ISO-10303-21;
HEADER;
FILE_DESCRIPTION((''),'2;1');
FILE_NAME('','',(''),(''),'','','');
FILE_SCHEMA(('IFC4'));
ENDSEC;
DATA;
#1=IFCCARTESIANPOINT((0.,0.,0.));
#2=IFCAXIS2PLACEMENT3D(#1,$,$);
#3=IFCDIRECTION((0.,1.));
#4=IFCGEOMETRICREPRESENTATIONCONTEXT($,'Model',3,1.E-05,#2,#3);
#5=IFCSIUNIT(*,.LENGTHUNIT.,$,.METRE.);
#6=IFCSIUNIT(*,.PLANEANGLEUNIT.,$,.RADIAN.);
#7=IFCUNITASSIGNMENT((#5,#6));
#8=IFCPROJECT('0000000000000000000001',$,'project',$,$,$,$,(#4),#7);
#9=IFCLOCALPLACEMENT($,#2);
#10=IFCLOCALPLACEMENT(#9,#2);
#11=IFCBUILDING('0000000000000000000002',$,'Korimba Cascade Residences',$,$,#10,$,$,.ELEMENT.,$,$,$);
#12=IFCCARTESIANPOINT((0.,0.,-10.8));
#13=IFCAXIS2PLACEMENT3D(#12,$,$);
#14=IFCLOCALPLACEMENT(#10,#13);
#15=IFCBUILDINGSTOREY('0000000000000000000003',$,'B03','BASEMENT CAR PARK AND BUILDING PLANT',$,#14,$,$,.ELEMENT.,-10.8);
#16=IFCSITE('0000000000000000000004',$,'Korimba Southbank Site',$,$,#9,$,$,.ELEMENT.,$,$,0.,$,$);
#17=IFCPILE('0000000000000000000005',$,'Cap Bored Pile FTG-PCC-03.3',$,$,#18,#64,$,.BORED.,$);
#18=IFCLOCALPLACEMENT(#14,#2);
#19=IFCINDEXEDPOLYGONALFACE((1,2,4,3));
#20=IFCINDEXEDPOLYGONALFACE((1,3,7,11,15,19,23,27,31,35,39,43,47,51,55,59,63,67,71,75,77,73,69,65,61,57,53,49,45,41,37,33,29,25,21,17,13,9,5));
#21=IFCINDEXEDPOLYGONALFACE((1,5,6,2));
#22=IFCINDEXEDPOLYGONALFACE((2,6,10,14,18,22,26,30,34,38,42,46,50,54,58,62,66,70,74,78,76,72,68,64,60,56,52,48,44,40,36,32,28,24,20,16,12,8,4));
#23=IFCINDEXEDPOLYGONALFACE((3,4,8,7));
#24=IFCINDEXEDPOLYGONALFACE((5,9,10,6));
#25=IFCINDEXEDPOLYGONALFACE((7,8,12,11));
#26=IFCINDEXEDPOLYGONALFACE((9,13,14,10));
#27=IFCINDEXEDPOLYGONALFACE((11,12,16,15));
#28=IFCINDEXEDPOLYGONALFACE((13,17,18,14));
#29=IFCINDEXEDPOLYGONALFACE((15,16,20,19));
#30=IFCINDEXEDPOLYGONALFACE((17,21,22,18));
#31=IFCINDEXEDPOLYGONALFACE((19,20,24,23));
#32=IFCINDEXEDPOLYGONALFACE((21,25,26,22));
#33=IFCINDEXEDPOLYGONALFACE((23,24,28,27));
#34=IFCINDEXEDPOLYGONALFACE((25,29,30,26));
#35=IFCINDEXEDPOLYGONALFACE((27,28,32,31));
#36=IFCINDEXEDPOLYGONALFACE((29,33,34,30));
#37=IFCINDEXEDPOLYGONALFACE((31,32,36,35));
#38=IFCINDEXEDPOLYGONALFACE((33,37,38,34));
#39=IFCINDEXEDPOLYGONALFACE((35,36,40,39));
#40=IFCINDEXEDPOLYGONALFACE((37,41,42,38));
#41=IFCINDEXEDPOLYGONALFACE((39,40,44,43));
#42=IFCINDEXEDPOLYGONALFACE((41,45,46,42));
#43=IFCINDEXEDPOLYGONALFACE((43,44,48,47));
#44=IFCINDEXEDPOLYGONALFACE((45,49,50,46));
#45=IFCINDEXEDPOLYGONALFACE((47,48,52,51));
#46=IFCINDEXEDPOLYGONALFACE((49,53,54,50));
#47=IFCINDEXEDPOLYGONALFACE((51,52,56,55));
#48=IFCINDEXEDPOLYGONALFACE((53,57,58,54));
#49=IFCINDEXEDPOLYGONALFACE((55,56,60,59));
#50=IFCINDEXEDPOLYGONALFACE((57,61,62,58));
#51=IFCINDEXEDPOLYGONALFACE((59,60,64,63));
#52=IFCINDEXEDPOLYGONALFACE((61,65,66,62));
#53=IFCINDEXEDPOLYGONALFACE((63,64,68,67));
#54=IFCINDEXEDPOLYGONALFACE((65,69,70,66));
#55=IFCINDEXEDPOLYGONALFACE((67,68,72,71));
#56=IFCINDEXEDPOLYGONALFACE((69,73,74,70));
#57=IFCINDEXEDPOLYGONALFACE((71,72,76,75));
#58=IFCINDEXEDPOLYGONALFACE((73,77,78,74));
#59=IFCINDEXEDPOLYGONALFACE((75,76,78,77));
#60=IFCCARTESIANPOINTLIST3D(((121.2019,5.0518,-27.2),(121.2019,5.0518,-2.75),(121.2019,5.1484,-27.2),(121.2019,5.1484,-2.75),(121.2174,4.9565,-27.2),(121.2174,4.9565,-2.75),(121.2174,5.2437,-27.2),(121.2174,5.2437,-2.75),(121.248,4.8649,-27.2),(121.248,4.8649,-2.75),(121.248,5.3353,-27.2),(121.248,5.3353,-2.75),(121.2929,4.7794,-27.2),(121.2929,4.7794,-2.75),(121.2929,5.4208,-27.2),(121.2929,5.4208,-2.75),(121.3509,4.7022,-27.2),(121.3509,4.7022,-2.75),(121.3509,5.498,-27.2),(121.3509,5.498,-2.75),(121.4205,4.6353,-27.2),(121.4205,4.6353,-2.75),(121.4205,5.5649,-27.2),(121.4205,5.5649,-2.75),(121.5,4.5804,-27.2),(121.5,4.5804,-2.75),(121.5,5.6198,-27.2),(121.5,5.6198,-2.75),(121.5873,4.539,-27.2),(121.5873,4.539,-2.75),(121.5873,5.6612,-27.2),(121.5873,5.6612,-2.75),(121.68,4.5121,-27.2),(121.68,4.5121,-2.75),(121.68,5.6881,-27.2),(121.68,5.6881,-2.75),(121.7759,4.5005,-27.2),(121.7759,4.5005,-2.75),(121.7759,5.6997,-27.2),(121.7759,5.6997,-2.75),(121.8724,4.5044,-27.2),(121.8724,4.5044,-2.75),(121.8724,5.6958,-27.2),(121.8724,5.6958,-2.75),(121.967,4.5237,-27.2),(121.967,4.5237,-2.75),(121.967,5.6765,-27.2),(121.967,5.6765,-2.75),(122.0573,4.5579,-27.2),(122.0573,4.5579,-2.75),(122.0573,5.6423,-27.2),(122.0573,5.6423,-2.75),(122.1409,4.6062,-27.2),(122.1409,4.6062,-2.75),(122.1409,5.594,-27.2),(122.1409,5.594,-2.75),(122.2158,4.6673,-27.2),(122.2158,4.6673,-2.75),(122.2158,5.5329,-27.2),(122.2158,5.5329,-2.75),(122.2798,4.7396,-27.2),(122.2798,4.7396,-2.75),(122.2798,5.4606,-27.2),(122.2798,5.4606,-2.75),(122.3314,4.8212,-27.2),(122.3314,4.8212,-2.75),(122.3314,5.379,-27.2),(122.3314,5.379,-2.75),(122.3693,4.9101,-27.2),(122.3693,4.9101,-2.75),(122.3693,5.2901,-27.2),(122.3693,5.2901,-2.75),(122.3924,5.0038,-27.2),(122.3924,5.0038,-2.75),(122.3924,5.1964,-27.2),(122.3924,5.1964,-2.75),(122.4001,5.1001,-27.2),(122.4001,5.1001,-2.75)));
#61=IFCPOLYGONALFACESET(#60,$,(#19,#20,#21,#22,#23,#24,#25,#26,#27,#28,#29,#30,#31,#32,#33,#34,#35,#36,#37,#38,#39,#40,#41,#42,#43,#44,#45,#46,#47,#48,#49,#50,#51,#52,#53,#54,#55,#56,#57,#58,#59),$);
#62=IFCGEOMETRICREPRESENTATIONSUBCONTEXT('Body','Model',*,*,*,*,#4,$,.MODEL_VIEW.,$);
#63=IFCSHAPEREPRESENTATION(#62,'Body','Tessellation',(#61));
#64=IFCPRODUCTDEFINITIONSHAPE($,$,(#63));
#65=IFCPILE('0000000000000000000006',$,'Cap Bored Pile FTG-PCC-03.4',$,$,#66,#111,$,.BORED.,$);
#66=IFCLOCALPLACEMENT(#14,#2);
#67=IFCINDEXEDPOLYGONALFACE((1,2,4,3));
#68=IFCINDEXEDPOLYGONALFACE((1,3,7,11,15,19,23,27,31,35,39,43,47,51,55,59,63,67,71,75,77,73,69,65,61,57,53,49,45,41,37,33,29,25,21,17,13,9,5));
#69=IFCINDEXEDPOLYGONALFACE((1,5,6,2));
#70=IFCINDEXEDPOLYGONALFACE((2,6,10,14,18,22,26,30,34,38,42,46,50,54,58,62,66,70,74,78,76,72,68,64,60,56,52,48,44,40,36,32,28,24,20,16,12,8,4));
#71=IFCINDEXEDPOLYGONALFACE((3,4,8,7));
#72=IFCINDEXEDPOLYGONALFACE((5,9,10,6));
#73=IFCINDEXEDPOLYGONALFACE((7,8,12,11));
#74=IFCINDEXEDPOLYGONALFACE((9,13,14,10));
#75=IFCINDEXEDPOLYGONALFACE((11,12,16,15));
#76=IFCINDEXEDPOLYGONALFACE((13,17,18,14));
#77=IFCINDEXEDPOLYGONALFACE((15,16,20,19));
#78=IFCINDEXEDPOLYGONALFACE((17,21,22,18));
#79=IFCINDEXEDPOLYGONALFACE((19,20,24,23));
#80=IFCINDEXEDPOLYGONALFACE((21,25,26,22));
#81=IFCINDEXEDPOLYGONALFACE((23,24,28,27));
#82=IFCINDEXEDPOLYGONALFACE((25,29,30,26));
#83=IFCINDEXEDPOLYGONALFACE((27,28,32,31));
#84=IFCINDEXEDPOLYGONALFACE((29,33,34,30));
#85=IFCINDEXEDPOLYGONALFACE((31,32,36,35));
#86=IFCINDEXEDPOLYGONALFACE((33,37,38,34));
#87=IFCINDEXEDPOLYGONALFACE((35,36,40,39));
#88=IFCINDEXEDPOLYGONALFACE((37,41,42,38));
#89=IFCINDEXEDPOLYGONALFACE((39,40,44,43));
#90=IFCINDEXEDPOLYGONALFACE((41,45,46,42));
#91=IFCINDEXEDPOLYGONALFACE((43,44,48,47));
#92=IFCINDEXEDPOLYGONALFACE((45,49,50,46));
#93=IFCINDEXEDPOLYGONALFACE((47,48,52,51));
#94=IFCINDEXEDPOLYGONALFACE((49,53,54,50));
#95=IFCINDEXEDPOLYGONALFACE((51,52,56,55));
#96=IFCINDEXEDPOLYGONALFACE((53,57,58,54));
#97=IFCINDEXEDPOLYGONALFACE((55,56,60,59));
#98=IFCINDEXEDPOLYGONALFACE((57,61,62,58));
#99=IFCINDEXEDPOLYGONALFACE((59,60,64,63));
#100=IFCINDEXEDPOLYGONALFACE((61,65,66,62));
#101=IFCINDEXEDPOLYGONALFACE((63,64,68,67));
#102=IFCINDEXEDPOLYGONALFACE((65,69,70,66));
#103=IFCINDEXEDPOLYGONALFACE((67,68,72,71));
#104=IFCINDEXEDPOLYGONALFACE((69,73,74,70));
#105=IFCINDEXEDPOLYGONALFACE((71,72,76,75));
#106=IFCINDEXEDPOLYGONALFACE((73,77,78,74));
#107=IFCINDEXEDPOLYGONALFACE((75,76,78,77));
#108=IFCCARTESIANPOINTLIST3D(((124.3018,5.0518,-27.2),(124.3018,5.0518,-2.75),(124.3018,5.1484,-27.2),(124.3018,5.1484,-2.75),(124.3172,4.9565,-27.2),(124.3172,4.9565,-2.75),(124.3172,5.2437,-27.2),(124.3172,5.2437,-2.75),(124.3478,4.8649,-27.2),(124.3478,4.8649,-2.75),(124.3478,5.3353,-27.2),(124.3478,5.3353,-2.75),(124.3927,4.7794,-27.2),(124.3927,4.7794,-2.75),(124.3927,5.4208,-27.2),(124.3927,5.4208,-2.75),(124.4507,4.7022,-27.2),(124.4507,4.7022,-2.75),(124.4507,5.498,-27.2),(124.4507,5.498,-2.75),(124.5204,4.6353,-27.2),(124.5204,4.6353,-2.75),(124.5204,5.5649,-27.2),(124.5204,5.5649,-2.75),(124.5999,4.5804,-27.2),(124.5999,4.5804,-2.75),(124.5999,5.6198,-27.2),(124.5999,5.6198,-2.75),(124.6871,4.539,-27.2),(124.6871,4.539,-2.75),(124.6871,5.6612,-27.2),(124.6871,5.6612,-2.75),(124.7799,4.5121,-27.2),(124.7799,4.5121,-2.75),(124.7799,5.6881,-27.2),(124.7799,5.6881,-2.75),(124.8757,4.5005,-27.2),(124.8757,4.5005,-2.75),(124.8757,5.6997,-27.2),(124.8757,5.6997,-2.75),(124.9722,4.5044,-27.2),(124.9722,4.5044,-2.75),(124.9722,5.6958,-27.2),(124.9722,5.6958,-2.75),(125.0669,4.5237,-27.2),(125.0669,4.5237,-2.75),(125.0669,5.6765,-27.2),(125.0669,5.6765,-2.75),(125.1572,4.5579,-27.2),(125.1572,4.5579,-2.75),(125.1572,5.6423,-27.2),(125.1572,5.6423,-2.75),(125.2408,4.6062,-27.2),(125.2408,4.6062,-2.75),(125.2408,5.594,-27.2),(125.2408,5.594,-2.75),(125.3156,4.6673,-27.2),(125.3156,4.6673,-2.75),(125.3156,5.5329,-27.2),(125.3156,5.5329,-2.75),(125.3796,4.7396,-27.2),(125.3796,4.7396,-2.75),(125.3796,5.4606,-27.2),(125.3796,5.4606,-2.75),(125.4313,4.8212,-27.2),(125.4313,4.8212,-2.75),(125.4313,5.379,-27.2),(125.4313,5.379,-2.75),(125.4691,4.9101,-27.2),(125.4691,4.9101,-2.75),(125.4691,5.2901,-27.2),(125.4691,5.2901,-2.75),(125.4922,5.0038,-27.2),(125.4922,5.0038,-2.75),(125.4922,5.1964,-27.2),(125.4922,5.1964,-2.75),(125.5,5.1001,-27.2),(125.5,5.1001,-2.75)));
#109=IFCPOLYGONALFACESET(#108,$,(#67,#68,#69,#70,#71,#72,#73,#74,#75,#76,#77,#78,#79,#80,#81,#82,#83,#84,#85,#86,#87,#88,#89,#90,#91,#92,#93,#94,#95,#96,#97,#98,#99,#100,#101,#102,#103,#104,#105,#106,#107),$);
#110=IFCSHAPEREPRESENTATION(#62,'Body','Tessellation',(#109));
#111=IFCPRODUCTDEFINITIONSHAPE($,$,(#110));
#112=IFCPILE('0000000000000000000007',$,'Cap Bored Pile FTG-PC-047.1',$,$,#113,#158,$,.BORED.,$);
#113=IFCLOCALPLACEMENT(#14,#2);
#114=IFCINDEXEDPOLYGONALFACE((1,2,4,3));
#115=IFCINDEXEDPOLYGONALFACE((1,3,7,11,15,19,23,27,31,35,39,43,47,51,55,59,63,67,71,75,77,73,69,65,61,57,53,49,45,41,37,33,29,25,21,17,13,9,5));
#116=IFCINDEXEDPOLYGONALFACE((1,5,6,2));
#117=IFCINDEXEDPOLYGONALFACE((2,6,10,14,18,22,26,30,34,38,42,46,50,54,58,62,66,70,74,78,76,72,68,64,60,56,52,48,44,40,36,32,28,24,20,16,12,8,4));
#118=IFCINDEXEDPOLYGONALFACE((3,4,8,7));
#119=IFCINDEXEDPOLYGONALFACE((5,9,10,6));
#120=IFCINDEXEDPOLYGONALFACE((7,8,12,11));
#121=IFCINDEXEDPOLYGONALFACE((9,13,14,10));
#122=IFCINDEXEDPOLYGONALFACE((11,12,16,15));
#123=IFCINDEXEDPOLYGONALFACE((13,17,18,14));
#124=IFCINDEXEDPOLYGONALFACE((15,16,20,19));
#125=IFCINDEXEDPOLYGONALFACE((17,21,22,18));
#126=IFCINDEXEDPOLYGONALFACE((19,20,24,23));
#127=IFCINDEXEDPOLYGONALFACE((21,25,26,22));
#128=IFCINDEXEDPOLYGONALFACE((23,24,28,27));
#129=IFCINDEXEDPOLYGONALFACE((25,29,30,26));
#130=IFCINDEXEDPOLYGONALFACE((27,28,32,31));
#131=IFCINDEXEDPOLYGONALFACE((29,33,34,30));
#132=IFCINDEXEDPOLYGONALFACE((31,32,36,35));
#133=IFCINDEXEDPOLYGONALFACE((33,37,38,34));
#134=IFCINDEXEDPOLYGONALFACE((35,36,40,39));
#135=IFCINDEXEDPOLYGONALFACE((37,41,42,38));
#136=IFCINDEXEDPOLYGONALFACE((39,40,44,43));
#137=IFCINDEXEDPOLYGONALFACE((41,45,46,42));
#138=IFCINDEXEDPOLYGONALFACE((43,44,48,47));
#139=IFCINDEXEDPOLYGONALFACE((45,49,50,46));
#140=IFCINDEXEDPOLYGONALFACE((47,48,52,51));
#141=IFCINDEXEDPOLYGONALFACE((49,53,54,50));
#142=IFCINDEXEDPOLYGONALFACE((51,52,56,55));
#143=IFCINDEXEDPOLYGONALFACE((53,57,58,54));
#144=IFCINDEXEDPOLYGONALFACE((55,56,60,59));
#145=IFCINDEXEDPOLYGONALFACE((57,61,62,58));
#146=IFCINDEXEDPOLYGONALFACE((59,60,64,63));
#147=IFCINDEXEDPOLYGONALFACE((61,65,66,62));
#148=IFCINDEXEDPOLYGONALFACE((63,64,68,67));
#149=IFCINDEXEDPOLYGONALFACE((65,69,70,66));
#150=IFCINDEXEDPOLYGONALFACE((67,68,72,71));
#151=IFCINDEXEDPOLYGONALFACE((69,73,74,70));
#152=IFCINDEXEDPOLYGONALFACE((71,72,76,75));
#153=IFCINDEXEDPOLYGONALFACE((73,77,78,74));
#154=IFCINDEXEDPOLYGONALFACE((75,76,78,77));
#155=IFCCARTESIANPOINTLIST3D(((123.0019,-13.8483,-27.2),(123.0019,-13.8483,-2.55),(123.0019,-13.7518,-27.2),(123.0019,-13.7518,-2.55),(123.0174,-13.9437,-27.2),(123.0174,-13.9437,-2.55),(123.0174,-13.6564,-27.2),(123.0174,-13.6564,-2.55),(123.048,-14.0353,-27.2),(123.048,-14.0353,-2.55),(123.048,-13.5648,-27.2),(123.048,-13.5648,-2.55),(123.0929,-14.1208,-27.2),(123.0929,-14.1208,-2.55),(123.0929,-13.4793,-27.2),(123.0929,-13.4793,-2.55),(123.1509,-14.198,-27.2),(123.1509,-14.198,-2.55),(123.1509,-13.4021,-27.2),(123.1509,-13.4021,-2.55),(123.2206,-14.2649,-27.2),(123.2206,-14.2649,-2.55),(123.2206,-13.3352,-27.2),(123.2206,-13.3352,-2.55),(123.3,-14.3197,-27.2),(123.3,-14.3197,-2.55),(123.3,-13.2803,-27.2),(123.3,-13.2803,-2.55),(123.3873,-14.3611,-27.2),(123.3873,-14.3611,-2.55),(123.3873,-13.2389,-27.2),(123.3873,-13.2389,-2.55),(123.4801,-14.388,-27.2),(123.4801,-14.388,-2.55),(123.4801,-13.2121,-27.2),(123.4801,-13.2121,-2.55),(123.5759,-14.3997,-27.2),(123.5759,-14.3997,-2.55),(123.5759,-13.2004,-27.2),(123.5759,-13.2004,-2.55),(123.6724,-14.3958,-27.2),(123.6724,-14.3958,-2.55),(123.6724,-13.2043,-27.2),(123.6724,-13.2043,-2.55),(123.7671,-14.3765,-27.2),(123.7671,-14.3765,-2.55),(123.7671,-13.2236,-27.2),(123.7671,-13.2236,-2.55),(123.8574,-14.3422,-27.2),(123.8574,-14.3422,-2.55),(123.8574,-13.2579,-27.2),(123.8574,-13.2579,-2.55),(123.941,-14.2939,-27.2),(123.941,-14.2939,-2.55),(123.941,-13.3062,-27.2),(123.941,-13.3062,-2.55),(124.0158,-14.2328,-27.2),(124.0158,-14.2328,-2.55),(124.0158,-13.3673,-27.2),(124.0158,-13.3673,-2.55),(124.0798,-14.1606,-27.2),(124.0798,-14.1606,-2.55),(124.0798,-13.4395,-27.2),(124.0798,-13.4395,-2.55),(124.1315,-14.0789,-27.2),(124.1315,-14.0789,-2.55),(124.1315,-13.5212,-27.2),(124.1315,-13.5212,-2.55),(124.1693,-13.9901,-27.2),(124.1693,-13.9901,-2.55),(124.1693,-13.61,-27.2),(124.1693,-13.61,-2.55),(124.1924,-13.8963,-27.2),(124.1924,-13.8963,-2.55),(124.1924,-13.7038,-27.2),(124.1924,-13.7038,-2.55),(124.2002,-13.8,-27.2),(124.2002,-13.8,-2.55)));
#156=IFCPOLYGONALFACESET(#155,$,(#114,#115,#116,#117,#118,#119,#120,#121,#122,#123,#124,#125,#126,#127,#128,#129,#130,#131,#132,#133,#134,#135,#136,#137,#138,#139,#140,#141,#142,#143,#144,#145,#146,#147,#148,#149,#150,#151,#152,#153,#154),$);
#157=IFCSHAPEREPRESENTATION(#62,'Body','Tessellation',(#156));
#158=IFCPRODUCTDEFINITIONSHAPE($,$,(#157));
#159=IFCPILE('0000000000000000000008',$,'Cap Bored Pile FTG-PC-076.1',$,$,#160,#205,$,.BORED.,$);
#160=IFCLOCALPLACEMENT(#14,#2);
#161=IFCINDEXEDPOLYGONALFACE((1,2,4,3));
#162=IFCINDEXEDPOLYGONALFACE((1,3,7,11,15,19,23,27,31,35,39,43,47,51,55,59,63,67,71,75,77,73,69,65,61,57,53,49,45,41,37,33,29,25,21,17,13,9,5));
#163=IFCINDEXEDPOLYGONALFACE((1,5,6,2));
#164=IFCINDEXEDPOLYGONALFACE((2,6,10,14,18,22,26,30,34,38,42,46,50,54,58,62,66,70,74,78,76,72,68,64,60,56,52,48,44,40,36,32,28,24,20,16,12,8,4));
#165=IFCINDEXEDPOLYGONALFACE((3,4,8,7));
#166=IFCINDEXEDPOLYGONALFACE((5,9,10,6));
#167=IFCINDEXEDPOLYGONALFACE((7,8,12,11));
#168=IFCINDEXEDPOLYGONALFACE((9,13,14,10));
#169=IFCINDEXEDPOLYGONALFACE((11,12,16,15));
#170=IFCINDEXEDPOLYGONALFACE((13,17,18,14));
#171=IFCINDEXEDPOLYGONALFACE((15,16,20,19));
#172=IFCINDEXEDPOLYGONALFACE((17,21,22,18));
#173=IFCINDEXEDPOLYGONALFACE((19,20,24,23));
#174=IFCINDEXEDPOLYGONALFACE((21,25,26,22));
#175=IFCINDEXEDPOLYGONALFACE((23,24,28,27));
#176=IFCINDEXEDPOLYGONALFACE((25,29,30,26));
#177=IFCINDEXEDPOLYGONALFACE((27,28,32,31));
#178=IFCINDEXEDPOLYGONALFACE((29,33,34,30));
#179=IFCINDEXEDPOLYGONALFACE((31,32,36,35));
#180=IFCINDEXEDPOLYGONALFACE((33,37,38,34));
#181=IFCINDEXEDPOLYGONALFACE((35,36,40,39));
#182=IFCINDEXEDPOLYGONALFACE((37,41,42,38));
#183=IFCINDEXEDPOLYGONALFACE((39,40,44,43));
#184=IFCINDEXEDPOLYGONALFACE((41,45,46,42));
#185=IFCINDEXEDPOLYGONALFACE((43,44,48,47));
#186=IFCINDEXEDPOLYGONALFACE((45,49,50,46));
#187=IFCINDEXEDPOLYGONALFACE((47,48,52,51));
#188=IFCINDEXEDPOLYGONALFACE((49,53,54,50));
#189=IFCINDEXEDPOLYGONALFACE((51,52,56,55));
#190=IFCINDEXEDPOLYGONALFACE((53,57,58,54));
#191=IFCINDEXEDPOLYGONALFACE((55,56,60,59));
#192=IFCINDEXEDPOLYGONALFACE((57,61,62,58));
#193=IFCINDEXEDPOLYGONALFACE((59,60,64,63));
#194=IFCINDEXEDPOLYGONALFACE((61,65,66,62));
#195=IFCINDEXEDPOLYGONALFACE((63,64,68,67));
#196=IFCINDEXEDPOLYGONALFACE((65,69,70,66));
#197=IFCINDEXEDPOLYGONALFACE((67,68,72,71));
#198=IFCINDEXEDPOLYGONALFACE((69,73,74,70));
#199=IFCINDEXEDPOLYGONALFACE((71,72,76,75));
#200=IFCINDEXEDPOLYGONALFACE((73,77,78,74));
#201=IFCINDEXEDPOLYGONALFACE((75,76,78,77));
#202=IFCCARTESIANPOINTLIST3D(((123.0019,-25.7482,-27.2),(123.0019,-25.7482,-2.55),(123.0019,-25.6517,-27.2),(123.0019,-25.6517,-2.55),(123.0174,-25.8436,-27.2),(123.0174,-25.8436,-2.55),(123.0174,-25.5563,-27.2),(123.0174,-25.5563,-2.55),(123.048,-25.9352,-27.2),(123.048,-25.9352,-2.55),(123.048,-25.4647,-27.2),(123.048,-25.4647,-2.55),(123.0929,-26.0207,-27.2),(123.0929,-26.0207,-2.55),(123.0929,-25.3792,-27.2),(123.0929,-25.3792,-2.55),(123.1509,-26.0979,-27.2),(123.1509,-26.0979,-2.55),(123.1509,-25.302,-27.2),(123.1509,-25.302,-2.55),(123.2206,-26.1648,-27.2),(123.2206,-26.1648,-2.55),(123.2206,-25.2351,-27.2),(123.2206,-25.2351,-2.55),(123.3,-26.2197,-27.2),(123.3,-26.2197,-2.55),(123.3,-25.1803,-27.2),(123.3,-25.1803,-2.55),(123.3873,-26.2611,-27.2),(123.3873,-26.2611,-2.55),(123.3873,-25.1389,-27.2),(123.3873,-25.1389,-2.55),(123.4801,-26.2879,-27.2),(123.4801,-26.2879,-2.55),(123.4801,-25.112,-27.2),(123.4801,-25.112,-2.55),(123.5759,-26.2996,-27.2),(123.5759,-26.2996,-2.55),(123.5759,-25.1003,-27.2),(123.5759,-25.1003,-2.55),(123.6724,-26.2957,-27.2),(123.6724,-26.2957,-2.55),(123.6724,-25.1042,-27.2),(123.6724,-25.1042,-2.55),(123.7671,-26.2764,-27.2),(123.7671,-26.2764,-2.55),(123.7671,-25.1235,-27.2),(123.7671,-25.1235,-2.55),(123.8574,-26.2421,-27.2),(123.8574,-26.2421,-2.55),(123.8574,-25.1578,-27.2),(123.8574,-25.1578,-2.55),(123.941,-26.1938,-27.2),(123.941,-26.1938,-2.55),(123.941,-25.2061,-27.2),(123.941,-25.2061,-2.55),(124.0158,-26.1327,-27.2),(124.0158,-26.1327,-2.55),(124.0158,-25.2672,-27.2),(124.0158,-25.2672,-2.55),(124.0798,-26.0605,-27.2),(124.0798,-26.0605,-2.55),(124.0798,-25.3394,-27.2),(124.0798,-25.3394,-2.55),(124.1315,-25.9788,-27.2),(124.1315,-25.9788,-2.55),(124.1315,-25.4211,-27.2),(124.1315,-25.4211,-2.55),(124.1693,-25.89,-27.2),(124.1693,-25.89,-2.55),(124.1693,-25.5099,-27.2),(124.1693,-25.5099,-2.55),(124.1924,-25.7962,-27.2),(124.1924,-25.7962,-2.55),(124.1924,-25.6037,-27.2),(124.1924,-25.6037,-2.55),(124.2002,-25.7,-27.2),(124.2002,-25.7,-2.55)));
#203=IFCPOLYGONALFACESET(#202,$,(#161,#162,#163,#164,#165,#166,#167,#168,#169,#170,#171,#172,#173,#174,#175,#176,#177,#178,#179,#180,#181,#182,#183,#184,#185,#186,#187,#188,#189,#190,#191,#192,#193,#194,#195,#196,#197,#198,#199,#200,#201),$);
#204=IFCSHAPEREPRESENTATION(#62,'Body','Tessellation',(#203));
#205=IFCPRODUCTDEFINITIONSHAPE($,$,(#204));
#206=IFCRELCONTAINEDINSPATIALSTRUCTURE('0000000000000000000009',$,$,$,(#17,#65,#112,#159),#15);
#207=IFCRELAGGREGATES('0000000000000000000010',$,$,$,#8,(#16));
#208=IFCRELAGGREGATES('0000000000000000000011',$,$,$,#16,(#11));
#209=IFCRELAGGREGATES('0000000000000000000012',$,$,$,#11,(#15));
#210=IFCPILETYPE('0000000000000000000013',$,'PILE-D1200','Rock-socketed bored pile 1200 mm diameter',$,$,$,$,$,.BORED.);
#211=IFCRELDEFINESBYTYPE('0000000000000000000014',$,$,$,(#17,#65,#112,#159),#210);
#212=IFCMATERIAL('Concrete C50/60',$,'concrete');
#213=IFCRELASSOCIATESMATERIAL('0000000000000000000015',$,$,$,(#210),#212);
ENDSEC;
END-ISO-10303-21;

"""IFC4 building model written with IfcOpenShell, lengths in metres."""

from ifc_helpers import new_model, si_unit, direction, frame, origin, origin_2d, place, context, subcontext, project, spatial, circle, extrude, material, material_profile, profile_set, type_object, element, save


model = new_model("IFC4")

# Units and contexts
model_context = context("Model", 3, precision=1e-05, world=origin(), true_north=direction((0.0, 1.0)))
body_context = subcontext(model_context, "Body", "Model", "MODEL_VIEW")
ifc_project = project(units=[si_unit("LENGTHUNIT", "METRE"), si_unit("PLANEANGLEUNIT", "RADIAN")], contexts=[model_context])

# Site, building, storey
site_placement = place(None, origin())
site = spatial("IfcSite", under=ifc_project, at=site_placement, Name="Korimba Southbank Site", CompositionType="ELEMENT", RefElevation=0.0)
building_placement = place(site_placement, origin())
building = spatial("IfcBuilding", under=site, at=building_placement, Name="Korimba Cascade Residences", CompositionType="ELEMENT")
storey_placement = place(building_placement, frame((0.0, 0.0, -10.8)))
storey = spatial("IfcBuildingStorey", under=building, at=storey_placement, Name="B03", Description="BASEMENT CAR PARK AND BUILDING PLANT", CompositionType="ELEMENT", Elevation=-10.8)

# Piles
ifc_material_1 = material(Name="Concrete C50/60", Category="concrete")
ifc_material_profile_1 = material_profile(ifc_material_1, circle(Radius=0.6001, at=origin_2d()), Name="Concrete C50/60")
ifc_profile_set_1 = profile_set([ifc_material_profile_1], Name="Concrete C50/60")
pile_type = type_object("IfcPileType", Name="PILE-D1200", Description="Rock-socketed bored pile 1200 mm diameter", PredefinedType="BORED", material=ifc_profile_set_1)
for number, where, z_axis, x_axis, name in (
    (1, (121.8, 5.1001, -2.75), (0.0, 0.0, -1.0), (1.0, 0.0, 0.0), "Cap Bored Pile FTG-PCC-03.3"),
    (2, (124.8999, 5.1001, -2.75), (0.0, 0.0, -1.0), (1.0, 0.0, 0.0), "Cap Bored Pile FTG-PCC-03.4"),
):
    element("IfcPile", number, at=place(storey_placement, frame(where, z_axis=z_axis, x_axis=x_axis)), inside=storey, type_object=pile_type, Name=name, PredefinedType="BORED", context=body_context, shape_type="SweptSolid", body=[
        extrude(circle(Radius=0.6001, at=origin_2d()), origin(), (0.0, 0.0, 1.0), 24.45),
    ])
for number, where, z_axis, x_axis, name in (
    (3, (123.6001, -13.8, -2.55), (0.0, 0.0, -1.0), (1.0, 0.0, 0.0), "Cap Bored Pile FTG-PC-047.1"),
    (4, (123.6001, -25.7, -2.55), (0.0, 0.0, -1.0), (1.0, 0.0, 0.0), "Cap Bored Pile FTG-PC-076.1"),
):
    element("IfcPile", number, at=place(storey_placement, frame(where, z_axis=z_axis, x_axis=x_axis)), inside=storey, type_object=pile_type, Name=name, PredefinedType="BORED", context=body_context, shape_type="SweptSolid", body=[
        extrude(circle(Radius=0.6001, at=origin_2d()), origin(), (0.0, 0.0, 1.0), 24.6499),
    ])

save(model, "model.ifc")
